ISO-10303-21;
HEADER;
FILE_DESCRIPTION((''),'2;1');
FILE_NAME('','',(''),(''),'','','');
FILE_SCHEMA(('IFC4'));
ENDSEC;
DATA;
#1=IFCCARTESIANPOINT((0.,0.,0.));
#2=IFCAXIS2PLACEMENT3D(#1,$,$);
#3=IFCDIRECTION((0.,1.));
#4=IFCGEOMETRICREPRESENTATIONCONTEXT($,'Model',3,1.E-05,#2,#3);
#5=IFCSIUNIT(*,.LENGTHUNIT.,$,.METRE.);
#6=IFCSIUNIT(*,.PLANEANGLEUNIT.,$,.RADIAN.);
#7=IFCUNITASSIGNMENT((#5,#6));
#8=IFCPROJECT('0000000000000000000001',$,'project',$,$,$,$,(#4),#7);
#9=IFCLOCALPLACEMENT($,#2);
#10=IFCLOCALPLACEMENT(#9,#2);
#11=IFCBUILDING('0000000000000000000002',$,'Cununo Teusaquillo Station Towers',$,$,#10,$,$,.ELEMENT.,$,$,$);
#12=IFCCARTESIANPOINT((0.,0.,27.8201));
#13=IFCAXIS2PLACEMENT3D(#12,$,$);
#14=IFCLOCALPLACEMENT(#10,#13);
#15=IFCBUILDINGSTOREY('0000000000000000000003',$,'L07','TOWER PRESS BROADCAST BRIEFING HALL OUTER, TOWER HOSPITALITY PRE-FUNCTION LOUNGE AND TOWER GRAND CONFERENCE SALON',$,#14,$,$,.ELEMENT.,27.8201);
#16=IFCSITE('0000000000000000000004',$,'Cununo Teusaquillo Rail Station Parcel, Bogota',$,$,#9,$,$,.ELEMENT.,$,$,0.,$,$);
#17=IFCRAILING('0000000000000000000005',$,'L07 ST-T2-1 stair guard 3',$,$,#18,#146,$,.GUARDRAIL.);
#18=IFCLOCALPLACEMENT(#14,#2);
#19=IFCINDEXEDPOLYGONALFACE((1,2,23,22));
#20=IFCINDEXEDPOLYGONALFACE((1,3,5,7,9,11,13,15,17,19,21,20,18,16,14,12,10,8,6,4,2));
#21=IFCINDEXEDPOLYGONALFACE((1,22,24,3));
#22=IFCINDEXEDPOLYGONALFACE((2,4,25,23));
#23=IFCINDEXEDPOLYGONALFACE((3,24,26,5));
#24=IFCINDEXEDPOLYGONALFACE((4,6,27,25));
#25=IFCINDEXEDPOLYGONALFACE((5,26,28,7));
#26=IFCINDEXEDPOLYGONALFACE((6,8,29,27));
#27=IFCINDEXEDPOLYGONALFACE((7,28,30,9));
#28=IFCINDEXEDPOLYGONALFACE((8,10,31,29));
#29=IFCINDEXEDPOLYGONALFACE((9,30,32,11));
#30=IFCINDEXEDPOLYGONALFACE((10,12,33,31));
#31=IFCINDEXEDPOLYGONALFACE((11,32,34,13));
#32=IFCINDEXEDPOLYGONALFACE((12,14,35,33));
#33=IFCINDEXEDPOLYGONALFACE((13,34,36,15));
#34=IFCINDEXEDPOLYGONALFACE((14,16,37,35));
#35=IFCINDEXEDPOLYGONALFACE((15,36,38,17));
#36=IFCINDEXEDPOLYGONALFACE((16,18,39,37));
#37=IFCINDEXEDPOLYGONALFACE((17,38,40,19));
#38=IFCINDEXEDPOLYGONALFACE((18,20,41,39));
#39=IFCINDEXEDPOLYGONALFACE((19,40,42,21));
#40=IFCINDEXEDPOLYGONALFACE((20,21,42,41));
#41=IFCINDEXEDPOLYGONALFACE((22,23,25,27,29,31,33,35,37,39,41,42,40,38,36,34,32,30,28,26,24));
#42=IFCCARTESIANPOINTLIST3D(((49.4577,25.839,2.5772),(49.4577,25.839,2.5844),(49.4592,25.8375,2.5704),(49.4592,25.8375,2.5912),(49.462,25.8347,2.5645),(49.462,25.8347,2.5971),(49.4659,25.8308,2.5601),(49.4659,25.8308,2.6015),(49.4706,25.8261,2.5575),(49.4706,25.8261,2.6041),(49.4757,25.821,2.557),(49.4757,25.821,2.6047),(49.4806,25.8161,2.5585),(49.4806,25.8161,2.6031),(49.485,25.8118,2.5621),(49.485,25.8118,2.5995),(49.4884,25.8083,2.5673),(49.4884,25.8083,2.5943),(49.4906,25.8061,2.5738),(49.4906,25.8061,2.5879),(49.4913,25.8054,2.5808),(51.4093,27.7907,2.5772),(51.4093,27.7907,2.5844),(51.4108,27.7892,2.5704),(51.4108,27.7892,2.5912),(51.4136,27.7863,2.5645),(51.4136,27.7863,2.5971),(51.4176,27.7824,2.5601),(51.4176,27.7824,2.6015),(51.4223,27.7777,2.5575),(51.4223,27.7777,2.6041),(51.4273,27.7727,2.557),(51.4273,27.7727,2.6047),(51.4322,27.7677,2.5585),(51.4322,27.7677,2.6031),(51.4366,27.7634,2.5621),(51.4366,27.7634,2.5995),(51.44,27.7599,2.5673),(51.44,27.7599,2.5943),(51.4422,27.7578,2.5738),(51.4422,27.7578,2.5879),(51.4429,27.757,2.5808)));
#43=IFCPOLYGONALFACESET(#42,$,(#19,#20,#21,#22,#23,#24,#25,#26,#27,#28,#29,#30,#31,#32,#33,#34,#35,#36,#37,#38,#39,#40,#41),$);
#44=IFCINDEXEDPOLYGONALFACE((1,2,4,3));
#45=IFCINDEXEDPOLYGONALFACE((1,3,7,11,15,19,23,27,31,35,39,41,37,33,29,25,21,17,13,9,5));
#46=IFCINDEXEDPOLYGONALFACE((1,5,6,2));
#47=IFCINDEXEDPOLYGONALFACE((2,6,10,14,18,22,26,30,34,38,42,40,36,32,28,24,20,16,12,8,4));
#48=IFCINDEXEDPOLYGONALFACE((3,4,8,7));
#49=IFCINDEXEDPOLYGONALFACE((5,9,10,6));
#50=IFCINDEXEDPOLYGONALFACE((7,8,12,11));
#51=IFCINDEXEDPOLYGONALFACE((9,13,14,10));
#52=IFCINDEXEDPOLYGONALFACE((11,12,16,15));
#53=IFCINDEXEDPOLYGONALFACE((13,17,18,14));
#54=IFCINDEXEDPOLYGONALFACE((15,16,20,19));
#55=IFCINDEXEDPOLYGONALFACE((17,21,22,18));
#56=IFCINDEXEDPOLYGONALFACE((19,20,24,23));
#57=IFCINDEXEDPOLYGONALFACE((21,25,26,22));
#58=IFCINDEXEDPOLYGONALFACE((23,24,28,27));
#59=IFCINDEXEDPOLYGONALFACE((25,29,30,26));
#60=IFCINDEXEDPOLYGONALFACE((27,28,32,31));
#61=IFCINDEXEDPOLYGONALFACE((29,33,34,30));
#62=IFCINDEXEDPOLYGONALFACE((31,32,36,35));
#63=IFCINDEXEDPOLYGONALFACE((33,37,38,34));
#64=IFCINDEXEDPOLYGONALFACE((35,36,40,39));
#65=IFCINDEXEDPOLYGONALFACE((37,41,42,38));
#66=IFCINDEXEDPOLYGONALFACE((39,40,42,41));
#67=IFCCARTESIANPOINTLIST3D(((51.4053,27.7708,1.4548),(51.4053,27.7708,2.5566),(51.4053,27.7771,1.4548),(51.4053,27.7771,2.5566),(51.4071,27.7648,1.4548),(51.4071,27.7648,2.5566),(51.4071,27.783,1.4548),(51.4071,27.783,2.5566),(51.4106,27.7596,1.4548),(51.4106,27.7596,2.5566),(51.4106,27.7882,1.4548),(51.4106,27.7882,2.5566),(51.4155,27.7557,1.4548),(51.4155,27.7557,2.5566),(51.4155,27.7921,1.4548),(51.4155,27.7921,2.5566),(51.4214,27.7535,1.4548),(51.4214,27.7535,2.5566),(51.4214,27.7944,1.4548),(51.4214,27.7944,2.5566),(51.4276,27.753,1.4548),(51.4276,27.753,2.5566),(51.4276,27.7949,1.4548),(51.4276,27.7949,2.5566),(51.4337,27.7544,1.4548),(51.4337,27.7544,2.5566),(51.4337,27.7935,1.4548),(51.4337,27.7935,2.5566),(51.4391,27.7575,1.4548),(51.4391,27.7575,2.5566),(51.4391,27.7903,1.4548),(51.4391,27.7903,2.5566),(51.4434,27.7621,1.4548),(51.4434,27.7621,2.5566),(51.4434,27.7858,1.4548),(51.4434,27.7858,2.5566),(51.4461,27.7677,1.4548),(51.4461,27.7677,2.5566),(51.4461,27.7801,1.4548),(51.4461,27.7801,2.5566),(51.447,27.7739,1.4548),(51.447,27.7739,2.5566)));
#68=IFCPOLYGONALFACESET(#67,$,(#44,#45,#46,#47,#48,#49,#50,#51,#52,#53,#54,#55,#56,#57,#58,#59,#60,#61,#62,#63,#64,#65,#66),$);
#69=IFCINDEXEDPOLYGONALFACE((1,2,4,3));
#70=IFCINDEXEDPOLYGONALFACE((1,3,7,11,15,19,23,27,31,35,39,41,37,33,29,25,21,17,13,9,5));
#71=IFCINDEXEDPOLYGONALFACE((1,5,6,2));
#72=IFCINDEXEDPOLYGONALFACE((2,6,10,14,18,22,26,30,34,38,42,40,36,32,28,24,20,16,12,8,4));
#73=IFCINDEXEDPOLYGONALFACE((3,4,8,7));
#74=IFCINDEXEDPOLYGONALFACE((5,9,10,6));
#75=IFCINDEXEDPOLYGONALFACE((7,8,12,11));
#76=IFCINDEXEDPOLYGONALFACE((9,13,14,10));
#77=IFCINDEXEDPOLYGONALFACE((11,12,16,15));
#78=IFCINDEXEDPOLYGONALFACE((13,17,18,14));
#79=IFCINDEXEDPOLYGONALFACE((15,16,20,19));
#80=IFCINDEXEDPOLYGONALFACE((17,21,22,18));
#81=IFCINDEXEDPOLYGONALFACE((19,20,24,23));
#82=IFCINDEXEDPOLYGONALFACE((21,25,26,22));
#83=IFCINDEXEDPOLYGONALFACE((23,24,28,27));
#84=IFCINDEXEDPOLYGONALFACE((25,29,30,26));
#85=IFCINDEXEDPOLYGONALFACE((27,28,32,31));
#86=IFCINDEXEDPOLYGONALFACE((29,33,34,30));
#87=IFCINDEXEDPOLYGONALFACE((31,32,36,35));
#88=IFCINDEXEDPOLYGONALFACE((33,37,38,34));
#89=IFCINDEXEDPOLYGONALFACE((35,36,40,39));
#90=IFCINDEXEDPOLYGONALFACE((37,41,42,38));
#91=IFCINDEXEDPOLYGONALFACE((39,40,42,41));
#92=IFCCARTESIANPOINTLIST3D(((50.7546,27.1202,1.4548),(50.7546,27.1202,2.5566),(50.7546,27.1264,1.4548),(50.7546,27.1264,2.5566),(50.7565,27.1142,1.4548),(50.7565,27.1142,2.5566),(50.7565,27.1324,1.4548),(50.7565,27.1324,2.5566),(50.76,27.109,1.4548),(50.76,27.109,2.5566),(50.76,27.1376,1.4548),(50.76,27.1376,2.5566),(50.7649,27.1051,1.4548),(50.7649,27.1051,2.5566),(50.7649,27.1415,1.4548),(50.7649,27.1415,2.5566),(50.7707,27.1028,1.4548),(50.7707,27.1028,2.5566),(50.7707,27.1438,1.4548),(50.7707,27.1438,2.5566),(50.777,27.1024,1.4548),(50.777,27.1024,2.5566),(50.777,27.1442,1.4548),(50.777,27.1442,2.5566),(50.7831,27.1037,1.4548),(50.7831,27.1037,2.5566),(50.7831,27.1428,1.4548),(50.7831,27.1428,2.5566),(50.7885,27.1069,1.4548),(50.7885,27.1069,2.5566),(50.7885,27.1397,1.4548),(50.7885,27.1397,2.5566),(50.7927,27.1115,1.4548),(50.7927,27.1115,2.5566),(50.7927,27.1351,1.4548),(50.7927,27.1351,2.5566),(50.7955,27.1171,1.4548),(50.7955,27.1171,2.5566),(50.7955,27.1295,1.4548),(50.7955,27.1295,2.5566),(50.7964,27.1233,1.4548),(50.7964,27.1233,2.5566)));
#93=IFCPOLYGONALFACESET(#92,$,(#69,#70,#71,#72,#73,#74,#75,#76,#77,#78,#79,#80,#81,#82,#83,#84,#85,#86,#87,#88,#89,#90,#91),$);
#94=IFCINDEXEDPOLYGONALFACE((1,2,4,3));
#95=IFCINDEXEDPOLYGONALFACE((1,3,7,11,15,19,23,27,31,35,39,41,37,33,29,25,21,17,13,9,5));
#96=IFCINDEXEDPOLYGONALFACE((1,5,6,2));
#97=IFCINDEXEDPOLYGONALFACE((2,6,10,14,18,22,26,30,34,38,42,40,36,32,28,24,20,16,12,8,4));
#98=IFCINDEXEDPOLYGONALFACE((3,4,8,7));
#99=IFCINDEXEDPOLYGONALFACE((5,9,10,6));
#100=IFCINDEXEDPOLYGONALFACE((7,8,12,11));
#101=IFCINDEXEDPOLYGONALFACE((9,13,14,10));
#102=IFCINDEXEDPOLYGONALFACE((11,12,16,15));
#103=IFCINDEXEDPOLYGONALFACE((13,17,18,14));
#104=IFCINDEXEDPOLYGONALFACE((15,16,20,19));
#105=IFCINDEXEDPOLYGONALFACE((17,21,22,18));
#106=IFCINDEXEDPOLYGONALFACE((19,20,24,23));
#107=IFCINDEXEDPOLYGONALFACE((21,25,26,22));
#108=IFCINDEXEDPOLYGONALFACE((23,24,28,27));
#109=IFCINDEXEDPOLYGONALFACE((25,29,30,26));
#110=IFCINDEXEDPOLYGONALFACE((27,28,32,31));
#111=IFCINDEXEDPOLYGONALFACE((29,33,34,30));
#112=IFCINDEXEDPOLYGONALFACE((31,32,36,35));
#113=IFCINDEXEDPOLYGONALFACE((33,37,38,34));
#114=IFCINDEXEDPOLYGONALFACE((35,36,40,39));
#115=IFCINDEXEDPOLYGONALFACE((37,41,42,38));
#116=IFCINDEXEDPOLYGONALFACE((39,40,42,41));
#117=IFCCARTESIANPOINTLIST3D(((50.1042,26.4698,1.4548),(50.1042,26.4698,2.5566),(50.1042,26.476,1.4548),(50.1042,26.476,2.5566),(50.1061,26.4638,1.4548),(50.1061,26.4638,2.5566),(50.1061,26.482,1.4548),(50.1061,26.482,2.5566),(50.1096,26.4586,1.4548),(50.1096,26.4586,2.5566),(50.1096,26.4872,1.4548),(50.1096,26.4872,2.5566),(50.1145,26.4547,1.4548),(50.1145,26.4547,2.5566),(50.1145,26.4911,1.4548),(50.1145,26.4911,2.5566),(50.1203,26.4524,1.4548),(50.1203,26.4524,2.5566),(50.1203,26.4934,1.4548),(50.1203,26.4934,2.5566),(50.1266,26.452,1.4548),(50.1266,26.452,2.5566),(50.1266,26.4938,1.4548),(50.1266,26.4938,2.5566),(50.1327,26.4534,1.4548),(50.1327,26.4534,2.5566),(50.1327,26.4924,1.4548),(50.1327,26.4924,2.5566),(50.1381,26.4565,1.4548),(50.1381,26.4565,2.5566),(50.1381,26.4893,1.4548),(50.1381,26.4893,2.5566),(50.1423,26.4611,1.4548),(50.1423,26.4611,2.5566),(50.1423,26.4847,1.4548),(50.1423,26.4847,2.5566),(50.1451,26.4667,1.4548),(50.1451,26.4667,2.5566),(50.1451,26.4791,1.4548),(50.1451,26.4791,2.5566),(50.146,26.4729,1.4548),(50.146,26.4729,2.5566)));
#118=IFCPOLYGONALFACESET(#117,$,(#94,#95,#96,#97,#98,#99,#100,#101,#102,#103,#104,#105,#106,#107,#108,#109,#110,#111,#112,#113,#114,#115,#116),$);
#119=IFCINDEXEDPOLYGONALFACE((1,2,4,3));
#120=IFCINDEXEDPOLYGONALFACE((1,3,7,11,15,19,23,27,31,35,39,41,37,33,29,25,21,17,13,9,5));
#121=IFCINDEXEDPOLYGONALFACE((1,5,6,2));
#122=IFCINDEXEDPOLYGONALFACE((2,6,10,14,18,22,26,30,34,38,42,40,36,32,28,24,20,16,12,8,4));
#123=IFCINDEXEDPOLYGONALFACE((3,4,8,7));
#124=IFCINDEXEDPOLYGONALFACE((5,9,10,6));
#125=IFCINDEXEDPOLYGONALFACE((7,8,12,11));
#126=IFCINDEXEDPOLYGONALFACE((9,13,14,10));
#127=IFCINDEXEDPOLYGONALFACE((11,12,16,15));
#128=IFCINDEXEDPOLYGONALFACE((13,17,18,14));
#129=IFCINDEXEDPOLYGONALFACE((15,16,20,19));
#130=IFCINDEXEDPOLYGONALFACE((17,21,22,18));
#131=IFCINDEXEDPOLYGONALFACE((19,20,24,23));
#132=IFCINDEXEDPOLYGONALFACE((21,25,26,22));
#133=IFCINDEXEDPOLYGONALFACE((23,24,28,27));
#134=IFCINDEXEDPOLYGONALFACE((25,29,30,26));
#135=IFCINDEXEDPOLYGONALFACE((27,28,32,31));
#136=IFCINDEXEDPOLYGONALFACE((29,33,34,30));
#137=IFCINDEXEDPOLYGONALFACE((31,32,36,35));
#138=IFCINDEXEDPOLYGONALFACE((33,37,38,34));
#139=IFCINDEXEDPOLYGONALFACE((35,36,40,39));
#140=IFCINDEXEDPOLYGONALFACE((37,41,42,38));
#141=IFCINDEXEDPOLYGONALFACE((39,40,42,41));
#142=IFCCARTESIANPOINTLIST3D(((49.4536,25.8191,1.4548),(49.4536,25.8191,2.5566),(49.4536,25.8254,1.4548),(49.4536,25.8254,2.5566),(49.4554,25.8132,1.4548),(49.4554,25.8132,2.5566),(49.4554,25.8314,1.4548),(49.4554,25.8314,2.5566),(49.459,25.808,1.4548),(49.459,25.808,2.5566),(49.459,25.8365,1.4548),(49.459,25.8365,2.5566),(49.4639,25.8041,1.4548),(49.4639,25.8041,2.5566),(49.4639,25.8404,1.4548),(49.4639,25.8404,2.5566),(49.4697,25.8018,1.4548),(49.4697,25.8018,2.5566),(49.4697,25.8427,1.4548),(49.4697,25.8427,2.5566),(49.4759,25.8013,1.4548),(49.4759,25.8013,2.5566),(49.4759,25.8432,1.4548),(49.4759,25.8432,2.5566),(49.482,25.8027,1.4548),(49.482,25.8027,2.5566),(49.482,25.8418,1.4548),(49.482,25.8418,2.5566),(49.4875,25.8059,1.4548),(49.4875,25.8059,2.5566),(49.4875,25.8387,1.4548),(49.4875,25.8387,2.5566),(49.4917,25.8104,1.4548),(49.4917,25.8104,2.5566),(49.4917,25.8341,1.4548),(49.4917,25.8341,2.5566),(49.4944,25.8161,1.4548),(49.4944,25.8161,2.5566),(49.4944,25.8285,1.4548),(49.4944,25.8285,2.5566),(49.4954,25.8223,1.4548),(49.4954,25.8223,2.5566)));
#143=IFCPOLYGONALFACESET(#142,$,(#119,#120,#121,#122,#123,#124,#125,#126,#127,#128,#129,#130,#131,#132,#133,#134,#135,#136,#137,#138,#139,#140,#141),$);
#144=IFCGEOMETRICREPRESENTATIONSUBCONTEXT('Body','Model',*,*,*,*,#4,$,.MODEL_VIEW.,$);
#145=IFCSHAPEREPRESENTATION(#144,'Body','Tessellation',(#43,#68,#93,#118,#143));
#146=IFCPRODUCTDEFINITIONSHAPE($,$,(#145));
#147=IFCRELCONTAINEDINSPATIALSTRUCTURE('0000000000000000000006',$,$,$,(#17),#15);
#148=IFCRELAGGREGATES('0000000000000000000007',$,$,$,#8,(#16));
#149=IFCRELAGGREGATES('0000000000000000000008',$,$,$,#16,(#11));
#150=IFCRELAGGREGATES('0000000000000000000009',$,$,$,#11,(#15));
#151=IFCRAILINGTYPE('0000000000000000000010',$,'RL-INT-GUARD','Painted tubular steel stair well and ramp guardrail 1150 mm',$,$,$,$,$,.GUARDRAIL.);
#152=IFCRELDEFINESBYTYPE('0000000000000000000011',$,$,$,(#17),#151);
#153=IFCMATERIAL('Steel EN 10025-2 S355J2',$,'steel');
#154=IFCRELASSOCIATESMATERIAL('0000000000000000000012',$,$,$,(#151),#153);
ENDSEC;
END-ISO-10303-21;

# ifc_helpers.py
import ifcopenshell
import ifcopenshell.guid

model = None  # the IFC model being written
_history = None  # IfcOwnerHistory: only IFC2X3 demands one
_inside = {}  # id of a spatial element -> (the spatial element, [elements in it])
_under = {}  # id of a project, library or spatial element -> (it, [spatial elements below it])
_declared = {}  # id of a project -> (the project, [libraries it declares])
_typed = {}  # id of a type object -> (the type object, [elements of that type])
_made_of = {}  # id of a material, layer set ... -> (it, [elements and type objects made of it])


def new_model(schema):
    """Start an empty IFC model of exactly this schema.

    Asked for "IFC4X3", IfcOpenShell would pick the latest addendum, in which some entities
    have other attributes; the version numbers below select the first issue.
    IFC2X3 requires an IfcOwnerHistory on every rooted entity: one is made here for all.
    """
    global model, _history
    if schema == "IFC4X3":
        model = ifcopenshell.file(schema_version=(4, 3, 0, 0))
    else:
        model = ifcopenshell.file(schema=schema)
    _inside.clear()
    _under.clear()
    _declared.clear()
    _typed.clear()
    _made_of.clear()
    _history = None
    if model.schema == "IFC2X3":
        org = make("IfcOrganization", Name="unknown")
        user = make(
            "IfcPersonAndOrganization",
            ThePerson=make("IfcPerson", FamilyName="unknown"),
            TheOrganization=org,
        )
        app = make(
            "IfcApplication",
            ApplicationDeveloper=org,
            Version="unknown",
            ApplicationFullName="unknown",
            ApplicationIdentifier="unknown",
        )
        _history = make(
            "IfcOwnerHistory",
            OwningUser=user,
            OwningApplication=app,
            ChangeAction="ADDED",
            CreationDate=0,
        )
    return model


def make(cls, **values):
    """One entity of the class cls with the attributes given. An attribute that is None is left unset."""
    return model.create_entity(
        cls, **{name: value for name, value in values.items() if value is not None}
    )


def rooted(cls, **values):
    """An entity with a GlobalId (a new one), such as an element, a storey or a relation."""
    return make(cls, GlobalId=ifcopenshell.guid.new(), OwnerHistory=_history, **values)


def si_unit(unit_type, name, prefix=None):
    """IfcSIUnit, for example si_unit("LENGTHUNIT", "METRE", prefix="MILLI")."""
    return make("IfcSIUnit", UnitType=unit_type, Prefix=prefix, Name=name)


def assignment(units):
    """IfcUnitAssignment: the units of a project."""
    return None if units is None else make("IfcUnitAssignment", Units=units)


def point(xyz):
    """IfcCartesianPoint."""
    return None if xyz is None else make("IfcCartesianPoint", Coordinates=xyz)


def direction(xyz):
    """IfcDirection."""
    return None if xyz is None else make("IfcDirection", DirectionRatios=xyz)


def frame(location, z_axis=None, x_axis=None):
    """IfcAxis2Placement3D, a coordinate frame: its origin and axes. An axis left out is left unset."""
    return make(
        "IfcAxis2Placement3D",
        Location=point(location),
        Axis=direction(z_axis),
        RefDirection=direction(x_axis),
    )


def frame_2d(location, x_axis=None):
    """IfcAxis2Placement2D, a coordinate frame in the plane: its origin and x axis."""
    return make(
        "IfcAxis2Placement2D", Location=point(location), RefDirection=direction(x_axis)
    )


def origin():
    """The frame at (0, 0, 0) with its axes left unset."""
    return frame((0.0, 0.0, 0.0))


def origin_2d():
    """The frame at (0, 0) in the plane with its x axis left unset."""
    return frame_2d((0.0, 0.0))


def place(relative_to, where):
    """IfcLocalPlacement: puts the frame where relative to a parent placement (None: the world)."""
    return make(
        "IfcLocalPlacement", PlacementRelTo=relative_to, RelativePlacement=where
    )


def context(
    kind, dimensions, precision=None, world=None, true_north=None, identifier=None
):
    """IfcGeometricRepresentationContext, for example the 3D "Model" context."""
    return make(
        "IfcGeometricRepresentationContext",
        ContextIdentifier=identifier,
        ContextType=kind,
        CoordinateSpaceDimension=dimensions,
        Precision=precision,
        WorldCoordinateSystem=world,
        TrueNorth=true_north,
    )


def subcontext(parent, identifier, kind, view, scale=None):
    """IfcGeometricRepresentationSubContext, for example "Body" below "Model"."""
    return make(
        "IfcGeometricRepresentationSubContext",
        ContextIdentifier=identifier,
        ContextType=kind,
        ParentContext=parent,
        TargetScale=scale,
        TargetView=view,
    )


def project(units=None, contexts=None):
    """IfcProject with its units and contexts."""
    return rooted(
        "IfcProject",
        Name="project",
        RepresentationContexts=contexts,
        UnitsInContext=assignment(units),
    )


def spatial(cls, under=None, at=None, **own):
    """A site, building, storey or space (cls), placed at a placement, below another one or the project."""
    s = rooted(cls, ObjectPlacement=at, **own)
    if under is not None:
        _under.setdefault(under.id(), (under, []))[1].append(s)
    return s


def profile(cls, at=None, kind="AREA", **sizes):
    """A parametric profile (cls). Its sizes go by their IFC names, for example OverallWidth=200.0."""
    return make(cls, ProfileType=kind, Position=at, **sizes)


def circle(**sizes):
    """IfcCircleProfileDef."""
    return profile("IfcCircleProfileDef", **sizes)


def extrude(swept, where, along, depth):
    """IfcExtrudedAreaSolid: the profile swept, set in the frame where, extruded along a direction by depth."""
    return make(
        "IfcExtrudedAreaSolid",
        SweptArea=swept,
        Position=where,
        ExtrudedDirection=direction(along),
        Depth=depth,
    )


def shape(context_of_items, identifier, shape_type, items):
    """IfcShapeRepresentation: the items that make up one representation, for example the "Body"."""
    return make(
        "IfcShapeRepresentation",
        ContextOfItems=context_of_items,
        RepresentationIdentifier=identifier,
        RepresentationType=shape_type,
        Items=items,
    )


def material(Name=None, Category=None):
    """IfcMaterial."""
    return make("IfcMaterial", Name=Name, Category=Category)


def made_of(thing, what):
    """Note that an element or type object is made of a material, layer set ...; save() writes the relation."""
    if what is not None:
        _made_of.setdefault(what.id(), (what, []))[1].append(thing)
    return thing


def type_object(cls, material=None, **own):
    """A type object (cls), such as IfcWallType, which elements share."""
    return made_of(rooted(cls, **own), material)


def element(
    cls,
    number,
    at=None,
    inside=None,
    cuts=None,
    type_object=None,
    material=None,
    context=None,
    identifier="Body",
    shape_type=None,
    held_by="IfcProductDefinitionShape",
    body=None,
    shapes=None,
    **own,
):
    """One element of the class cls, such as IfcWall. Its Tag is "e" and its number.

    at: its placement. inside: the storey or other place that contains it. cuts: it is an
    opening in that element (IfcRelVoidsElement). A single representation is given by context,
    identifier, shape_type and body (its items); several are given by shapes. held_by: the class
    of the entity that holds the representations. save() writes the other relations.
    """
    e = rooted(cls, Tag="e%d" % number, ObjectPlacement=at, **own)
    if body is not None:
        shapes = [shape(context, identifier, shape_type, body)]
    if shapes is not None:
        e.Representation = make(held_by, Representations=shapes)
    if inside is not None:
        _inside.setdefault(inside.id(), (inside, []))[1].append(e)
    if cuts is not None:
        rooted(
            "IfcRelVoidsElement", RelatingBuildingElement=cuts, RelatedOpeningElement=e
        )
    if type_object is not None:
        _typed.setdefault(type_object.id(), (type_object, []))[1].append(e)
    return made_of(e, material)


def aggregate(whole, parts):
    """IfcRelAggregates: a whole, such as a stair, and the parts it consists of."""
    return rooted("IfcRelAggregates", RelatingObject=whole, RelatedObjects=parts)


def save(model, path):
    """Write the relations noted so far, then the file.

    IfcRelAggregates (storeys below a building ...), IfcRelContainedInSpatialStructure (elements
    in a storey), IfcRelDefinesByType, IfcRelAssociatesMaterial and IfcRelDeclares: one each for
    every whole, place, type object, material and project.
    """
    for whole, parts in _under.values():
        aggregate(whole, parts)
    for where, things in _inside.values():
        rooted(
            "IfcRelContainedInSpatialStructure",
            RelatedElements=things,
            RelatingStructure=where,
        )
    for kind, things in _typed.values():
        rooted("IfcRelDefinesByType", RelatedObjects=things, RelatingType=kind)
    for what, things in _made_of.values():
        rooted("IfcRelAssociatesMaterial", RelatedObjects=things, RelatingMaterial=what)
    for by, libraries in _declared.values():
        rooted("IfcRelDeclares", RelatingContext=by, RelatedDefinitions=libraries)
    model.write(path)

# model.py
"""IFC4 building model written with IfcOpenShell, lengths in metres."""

from ifc_helpers import new_model, si_unit, direction, frame, origin, origin_2d, place, context, subcontext, project, spatial, circle, extrude, material, type_object, element, save


model = new_model("IFC4")

# Units and contexts
model_context = context("Model", 3, precision=1e-05, world=origin(), true_north=direction((0.0, 1.0)))
body_context = subcontext(model_context, "Body", "Model", "MODEL_VIEW")
ifc_project = project(units=[si_unit("LENGTHUNIT", "METRE"), si_unit("PLANEANGLEUNIT", "RADIAN")], contexts=[model_context])

# Site, building, storey
site_placement = place(None, origin())
site = spatial("IfcSite", under=ifc_project, at=site_placement, Name="Cununo Teusaquillo Rail Station Parcel, Bogota", CompositionType="ELEMENT", RefElevation=0.0)
building_placement = place(site_placement, origin())
building = spatial("IfcBuilding", under=site, at=building_placement, Name="Cununo Teusaquillo Station Towers", CompositionType="ELEMENT")
storey_placement = place(building_placement, frame((0.0, 0.0, 27.8201)))
storey = spatial("IfcBuildingStorey", under=building, at=storey_placement, Name="L07", Description="TOWER PRESS BROADCAST BRIEFING HALL OUTER, TOWER HOSPITALITY PRE-FUNCTION LOUNGE AND TOWER GRAND CONFERENCE SALON", CompositionType="ELEMENT", Elevation=27.8201)

# Railing
ifc_material_1 = material(Name="Steel EN 10025-2 S355J2", Category="steel")
railing_type = type_object("IfcRailingType", Name="RL-INT-GUARD", Description="Painted tubular steel stair well and ramp guardrail 1150 mm", PredefinedType="GUARDRAIL", material=ifc_material_1)
railing_1_placement = place(storey_placement, frame((51.426, 27.7739, 1.4548)))
element("IfcRailing", 1, at=railing_1_placement, inside=storey, type_object=railing_type, Name="L07 ST-T2-1 stair guard 3", PredefinedType="GUARDRAIL", context=body_context, shape_type="SweptSolid", body=[
    extrude(circle(Radius=0.0239, at=origin_2d()), frame((0.0, 0.0, 1.126), z_axis=(-0.707107, -0.707107, 0.0), x_axis=(0.707107, -0.707107, 0.0)), (0.0, 0.0, 1.0), 2.76),
    extrude(circle(Radius=0.021, at=origin_2d()), origin(), (0.0, 0.0, 1.0), 1.1018),
    extrude(circle(Radius=0.021, at=origin_2d()), frame((-0.6506, -0.6506, 0.0)), (0.0, 0.0, 1.0), 1.1018),
    extrude(circle(Radius=0.021, at=origin_2d()), frame((-1.301, -1.301, 0.0)), (0.0, 0.0, 1.0), 1.1018),
    extrude(circle(Radius=0.021, at=origin_2d()), frame((-1.9517, -1.9517, 0.0)), (0.0, 0.0, 1.0), 1.1018),
])

save(model, "model.ifc")
